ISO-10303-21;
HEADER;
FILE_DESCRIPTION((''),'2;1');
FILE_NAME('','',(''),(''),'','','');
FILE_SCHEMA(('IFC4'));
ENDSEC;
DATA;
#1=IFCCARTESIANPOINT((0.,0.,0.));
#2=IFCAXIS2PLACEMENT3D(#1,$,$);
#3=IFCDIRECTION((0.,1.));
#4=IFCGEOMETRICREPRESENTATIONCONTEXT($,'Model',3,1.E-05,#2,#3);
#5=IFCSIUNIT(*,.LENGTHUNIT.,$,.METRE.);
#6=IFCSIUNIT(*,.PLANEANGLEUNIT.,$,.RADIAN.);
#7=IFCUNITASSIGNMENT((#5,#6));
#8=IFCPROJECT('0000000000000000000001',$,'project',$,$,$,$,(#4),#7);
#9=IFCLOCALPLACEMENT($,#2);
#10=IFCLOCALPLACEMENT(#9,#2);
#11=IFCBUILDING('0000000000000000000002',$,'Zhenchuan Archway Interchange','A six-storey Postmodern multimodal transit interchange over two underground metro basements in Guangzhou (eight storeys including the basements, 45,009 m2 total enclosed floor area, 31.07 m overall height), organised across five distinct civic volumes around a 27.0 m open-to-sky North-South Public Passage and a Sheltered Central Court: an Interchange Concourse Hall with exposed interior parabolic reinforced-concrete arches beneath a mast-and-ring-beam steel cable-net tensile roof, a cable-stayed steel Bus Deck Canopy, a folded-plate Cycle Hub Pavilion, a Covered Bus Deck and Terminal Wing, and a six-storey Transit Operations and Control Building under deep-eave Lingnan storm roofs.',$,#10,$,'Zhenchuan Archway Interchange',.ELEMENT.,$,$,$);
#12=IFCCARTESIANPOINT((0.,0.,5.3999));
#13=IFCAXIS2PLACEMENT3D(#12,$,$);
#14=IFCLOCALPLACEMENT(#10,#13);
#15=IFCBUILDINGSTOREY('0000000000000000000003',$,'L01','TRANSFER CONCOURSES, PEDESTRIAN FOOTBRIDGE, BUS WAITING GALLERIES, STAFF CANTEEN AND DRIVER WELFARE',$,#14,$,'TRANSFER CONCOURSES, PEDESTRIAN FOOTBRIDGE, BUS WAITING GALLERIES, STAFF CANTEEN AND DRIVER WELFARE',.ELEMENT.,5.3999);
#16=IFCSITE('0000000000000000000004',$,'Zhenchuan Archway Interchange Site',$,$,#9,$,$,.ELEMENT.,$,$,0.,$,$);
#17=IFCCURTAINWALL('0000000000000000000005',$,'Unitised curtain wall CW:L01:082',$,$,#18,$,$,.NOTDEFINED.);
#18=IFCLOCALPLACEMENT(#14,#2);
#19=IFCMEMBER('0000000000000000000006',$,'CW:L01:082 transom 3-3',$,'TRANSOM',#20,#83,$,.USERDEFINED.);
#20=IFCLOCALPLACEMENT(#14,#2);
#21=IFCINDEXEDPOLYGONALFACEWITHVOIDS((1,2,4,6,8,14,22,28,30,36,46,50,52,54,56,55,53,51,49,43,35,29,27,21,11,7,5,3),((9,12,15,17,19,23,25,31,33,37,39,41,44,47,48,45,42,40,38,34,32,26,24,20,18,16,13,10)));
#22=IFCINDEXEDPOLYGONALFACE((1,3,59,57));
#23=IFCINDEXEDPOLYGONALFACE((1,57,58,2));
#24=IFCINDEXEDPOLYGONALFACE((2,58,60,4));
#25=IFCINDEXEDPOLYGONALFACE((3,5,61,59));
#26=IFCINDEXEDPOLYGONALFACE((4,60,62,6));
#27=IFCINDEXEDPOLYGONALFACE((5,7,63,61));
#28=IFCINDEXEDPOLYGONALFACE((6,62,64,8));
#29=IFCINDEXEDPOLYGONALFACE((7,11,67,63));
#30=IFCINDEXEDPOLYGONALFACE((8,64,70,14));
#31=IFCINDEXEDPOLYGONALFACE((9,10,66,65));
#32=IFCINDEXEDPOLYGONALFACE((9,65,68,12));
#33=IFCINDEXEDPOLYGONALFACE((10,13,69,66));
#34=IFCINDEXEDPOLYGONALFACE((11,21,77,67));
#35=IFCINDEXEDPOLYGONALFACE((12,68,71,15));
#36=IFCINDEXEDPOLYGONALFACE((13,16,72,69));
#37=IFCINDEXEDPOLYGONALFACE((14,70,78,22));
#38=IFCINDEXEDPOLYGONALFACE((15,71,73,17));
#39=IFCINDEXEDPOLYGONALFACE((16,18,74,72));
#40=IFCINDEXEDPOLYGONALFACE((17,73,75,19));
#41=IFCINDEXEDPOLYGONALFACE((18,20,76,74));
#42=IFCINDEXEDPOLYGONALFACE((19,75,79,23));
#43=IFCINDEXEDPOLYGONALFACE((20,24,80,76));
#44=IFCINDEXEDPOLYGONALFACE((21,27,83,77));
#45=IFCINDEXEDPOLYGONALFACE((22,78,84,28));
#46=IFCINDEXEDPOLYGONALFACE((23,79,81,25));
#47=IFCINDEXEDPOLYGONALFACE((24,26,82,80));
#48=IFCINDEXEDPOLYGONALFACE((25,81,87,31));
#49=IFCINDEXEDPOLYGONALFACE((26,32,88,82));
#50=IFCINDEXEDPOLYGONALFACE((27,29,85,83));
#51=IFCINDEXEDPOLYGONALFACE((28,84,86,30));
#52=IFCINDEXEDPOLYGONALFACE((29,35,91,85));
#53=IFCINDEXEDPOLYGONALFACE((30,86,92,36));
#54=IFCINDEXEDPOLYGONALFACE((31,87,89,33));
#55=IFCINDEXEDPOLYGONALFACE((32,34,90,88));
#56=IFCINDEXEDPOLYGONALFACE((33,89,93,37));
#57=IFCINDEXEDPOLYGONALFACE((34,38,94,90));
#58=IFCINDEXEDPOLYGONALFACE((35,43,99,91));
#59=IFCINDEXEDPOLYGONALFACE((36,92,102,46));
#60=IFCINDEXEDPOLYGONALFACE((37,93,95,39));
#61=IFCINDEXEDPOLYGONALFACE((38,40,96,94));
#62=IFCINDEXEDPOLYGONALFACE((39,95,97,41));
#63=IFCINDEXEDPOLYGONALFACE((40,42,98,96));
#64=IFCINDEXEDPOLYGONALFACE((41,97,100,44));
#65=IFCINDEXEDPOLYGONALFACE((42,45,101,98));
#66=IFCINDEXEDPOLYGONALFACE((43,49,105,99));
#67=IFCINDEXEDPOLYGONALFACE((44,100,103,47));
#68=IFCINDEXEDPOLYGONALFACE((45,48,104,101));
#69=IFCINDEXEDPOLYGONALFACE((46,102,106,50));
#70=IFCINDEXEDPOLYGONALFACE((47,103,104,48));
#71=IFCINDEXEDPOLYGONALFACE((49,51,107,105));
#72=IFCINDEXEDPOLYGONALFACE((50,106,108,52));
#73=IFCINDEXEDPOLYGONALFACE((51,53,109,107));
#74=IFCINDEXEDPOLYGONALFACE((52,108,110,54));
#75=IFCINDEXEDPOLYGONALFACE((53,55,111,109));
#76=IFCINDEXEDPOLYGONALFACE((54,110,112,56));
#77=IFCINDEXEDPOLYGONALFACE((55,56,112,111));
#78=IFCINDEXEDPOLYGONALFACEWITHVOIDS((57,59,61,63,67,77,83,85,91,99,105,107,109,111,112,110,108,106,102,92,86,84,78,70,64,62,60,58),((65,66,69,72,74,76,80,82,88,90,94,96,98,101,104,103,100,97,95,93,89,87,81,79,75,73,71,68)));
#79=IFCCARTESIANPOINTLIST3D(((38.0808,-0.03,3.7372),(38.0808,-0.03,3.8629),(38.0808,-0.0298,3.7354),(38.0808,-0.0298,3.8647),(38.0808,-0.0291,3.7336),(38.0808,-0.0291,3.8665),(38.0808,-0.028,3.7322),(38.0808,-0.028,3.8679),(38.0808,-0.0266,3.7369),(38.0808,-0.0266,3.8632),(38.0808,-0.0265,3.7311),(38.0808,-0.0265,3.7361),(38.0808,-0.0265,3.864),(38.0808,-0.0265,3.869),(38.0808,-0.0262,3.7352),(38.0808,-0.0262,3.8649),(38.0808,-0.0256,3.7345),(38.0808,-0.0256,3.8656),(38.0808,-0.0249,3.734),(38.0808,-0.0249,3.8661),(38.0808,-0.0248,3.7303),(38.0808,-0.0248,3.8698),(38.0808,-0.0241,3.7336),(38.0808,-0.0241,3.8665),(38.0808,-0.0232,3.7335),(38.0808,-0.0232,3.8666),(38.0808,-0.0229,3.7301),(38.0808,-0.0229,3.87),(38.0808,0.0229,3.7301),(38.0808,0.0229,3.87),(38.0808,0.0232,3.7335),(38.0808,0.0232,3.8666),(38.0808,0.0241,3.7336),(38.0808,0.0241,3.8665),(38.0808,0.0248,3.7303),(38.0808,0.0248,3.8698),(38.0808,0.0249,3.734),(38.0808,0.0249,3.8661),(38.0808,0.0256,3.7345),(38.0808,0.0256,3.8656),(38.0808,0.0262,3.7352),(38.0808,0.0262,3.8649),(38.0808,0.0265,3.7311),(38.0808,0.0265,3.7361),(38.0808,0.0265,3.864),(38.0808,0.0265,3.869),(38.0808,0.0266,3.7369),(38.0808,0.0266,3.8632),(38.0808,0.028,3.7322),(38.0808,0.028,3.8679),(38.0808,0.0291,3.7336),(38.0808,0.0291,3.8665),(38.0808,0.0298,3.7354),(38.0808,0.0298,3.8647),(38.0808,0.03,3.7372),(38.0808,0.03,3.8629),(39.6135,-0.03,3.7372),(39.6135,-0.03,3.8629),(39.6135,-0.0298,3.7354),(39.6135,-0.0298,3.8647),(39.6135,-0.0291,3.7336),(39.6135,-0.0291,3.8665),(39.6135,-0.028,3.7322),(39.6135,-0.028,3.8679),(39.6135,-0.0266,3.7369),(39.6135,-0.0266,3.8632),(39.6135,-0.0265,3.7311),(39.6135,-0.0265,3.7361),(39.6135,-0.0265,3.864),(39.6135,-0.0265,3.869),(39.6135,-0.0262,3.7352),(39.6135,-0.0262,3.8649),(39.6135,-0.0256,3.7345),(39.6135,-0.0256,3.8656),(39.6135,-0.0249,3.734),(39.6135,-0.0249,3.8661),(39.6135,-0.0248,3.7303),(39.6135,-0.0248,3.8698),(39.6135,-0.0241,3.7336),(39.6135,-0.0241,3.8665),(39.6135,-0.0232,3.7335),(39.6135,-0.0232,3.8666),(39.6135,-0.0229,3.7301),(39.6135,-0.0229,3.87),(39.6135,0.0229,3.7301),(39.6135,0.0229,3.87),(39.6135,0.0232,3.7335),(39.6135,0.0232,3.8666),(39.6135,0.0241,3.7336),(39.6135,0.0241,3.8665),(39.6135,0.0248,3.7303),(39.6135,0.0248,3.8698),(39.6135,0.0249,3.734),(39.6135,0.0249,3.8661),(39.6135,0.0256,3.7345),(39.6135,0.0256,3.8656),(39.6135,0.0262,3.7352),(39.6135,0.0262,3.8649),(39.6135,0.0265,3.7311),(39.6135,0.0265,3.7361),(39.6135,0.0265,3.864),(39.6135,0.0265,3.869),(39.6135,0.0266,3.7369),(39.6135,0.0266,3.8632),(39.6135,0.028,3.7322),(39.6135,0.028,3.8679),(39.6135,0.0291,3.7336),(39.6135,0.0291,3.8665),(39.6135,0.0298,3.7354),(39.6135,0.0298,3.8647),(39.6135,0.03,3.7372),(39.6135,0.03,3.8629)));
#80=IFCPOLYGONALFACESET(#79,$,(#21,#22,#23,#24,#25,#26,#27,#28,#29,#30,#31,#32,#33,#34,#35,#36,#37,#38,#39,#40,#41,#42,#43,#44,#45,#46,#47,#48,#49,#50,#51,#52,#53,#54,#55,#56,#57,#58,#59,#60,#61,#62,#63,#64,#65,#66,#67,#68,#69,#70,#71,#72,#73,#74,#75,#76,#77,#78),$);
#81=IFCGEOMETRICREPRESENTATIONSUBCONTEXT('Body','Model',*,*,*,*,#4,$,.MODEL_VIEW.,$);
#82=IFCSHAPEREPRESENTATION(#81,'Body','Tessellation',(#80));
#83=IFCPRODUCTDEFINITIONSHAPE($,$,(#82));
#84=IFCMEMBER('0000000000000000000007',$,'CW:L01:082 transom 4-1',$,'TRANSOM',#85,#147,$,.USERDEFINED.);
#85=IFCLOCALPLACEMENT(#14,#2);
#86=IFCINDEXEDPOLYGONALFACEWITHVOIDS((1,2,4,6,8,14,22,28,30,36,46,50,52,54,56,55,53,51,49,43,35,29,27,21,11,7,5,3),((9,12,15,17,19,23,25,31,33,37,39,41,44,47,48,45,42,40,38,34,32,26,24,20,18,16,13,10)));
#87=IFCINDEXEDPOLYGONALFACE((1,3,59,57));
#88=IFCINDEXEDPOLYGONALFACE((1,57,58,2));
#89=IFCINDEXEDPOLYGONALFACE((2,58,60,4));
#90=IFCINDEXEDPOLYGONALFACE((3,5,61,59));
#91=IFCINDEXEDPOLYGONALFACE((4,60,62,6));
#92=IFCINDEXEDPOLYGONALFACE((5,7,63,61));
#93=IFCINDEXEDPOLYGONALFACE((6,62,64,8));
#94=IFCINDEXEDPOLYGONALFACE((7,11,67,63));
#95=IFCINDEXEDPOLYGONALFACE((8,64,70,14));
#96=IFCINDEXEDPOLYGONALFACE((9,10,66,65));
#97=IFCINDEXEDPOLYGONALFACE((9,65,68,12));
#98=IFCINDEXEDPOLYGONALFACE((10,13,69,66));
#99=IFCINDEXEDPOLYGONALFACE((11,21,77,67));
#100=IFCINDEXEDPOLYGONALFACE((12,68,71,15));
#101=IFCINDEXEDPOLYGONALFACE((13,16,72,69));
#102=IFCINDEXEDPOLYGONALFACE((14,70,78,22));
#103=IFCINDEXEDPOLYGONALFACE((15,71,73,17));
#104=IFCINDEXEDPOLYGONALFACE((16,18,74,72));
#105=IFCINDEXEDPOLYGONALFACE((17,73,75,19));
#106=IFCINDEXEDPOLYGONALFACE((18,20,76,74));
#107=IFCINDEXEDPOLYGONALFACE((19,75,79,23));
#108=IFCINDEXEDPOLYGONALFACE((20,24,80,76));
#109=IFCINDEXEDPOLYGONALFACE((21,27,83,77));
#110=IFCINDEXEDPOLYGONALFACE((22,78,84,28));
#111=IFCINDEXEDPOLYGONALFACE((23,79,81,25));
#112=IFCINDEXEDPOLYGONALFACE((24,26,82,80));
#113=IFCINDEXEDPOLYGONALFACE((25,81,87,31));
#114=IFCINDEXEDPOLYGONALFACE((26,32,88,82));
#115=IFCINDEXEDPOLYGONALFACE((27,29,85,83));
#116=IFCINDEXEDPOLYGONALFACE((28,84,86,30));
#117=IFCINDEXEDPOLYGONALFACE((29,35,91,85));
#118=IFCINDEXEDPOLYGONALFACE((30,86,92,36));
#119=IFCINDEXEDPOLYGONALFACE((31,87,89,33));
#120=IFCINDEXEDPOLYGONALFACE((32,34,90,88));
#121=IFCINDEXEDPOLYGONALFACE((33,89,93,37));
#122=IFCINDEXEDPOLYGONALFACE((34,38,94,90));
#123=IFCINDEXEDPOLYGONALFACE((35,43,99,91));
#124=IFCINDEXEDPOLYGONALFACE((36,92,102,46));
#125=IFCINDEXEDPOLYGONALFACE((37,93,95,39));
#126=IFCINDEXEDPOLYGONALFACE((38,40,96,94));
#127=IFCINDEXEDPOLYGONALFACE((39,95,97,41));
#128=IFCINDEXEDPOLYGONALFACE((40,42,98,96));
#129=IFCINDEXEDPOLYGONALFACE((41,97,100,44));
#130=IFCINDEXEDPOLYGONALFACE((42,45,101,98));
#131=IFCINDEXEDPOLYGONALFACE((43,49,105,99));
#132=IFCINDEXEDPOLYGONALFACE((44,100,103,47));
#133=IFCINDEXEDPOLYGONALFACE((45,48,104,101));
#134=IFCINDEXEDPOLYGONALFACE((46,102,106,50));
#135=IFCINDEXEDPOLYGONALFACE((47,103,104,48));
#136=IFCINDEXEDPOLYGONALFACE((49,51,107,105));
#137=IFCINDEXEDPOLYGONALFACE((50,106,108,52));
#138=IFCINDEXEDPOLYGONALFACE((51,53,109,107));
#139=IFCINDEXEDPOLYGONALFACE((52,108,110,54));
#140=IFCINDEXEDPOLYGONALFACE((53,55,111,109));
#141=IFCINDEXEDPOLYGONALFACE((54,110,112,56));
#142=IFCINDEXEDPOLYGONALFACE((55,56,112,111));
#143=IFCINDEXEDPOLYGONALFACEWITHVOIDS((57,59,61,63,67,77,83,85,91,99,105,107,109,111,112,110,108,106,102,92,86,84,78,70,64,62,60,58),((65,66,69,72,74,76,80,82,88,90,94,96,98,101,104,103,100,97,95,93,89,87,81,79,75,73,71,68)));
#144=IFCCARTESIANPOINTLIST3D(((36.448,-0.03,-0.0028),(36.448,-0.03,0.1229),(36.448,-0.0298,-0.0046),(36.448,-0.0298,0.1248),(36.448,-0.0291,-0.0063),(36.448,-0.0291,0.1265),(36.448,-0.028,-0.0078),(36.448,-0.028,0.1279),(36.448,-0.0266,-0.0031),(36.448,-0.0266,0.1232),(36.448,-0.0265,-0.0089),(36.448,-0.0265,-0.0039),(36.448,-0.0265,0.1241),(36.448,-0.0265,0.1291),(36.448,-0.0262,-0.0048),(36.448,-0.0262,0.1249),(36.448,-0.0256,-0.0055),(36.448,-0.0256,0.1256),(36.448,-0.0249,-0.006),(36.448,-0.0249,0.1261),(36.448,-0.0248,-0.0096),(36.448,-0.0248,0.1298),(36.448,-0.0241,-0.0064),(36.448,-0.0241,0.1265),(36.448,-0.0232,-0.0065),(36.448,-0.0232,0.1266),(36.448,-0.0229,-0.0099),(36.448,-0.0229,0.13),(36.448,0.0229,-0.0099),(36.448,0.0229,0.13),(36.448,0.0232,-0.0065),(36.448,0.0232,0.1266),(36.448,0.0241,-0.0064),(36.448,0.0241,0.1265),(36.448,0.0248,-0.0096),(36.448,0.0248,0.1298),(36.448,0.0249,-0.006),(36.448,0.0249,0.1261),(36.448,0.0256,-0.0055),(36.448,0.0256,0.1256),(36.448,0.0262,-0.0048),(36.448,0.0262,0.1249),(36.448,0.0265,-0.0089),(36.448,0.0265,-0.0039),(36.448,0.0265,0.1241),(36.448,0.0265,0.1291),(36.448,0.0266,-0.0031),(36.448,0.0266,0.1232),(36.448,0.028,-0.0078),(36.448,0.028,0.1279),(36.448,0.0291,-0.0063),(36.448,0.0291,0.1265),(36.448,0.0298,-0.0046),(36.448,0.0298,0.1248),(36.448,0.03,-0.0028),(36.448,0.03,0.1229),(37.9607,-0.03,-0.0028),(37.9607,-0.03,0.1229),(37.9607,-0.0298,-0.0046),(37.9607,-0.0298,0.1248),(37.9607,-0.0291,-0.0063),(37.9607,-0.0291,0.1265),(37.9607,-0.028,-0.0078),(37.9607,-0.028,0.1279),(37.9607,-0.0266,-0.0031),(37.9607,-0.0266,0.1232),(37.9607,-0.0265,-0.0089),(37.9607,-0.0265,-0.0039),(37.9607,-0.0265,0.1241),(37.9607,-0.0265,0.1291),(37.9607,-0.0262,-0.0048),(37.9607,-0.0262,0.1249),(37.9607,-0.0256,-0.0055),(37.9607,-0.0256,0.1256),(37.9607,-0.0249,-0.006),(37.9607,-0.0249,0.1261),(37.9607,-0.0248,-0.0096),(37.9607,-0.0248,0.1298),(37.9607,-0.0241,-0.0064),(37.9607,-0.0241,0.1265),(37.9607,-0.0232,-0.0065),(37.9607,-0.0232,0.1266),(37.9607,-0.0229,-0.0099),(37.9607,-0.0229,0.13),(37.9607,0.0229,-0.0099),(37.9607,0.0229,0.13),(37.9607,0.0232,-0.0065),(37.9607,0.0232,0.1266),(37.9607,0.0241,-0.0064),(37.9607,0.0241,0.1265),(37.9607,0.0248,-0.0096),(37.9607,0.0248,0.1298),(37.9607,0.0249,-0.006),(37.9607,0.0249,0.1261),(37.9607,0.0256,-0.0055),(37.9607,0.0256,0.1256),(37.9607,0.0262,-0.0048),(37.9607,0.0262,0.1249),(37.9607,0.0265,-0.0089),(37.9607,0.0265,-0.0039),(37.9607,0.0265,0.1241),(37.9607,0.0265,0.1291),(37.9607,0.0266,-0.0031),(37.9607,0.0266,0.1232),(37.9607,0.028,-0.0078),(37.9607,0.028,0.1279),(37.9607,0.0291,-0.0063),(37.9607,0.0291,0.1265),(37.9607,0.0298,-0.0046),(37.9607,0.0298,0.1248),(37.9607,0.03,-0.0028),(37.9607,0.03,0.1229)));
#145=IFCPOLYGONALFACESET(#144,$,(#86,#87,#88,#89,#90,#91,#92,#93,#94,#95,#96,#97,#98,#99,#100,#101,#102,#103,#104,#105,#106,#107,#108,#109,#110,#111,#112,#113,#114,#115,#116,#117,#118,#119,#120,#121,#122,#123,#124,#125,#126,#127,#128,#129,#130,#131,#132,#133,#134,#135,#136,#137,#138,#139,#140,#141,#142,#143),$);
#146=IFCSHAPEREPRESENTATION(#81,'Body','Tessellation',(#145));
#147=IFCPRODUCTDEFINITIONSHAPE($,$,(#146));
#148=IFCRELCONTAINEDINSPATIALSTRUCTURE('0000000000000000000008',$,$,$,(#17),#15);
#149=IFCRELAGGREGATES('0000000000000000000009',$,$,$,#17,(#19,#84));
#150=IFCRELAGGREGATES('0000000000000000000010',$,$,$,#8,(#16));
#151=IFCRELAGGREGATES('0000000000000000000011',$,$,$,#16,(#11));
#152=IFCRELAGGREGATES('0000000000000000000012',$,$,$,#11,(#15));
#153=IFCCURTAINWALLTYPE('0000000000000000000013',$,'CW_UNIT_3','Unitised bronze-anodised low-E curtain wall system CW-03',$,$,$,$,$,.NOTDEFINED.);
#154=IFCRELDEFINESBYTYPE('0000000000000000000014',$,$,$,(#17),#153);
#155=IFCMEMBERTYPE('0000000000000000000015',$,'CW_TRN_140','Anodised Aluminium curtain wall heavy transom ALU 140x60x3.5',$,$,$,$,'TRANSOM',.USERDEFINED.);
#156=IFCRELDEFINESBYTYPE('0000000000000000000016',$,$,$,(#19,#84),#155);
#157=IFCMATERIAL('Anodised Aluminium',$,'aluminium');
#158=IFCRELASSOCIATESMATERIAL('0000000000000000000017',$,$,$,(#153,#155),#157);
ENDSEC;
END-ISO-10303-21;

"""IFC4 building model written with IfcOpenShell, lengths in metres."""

from ifc_helpers import new_model, si_unit, direction, frame, origin, origin_2d, place, context, subcontext, project, spatial, hollow_rectangle, extrude, material, material_profile, profile_set, type_object, element, aggregate, save


model = new_model("IFC4")

# Units and contexts
model_context = context("Model", 3, precision=1e-05, world=origin(), true_north=direction((0.0, 1.0)))
body_context = subcontext(model_context, "Body", "Model", "MODEL_VIEW")
ifc_project = project(units=[si_unit("LENGTHUNIT", "METRE"), si_unit("PLANEANGLEUNIT", "RADIAN")], contexts=[model_context])

# Site, building, storey
site_placement = place(None, origin())
site = spatial("IfcSite", under=ifc_project, at=site_placement, Name="Zhenchuan Archway Interchange Site", CompositionType="ELEMENT", RefElevation=0.0)
building_placement = place(site_placement, origin())
building = spatial("IfcBuilding", under=site, at=building_placement, Name="Zhenchuan Archway Interchange", Description="A six-storey Postmodern multimodal transit interchange over two underground metro basements in Guangzhou (eight storeys including the basements, 45,009 m2 total enclosed floor area, 31.07 m overall height), organised across five distinct civic volumes around a 27.0 m open-to-sky North-South Public Passage and a Sheltered Central Court: an Interchange Concourse Hall with exposed interior parabolic reinforced-concrete arches beneath a mast-and-ring-beam steel cable-net tensile roof, a cable-stayed steel Bus Deck Canopy, a folded-plate Cycle Hub Pavilion, a Covered Bus Deck and Terminal Wing, and a six-storey Transit Operations and Control Building under deep-eave Lingnan storm roofs.", LongName="Zhenchuan Archway Interchange", CompositionType="ELEMENT")
storey_placement = place(building_placement, frame((0.0, 0.0, 5.3999)))
storey = spatial("IfcBuildingStorey", under=building, at=storey_placement, Name="L01", Description="TRANSFER CONCOURSES, PEDESTRIAN FOOTBRIDGE, BUS WAITING GALLERIES, STAFF CANTEEN AND DRIVER WELFARE", LongName="TRANSFER CONCOURSES, PEDESTRIAN FOOTBRIDGE, BUS WAITING GALLERIES, STAFF CANTEEN AND DRIVER WELFARE", CompositionType="ELEMENT", Elevation=5.3999)

# Curtain wall
ifc_material_1 = material(Name="Anodised Aluminium", Category="aluminium")
curtain_wall_type_1 = type_object("IfcCurtainWallType", Name="CW_UNIT_3", Description="Unitised bronze-anodised low-E curtain wall system CW-03", PredefinedType="NOTDEFINED", material=ifc_material_1)
curtain_wall_1_placement = place(storey_placement, origin())
curtain_wall_1 = element("IfcCurtainWall", 1, at=curtain_wall_1_placement, inside=storey, type_object=curtain_wall_type_1, Name="Unitised curtain wall CW:L01:082", PredefinedType="NOTDEFINED")

# Members
ifc_material_profile_1 = material_profile(ifc_material_1, hollow_rectangle(XDim=0.0601, YDim=0.1399, WallThickness=0.0034, InnerFilletRadius=0.0034, OuterFilletRadius=0.0071, at=origin_2d()), Name="ALU 140x60x3.5")
ifc_profile_set_1 = profile_set([ifc_material_profile_1], Name="Anodised Aluminium")
member_type_1 = type_object("IfcMemberType", Name="CW_TRN_140", Description="Anodised Aluminium curtain wall heavy transom ALU 140x60x3.5", ElementType="TRANSOM", PredefinedType="USERDEFINED", material=ifc_profile_set_1)
member_1_placement = place(storey_placement, frame((39.6135, 0.0, 3.8), z_axis=(-1.0, 0.0, 0.0), x_axis=(0.0, -1.0, 0.0)))
member_1 = element("IfcMember", 2, at=member_1_placement, type_object=member_type_1, Name="CW:L01:082 transom 3-3", ObjectType="TRANSOM", PredefinedType="USERDEFINED", context=body_context, shape_type="SweptSolid", body=[
    extrude(hollow_rectangle(XDim=0.0601, YDim=0.1399, WallThickness=0.0034, InnerFilletRadius=0.0034, OuterFilletRadius=0.0071, at=origin_2d()), origin(), (0.0, 0.0, 1.0), 1.5327),
])
member_2_placement = place(storey_placement, frame((37.9607, 0.0, 0.0601), z_axis=(-1.0, 0.0, 0.0), x_axis=(0.0, -1.0, 0.0)))
member_2 = element("IfcMember", 3, at=member_2_placement, type_object=member_type_1, Name="CW:L01:082 transom 4-1", ObjectType="TRANSOM", PredefinedType="USERDEFINED", context=body_context, shape_type="SweptSolid", body=[
    extrude(hollow_rectangle(XDim=0.0601, YDim=0.1399, WallThickness=0.0034, InnerFilletRadius=0.0034, OuterFilletRadius=0.0071, at=origin_2d()), origin(), (0.0, 0.0, 1.0), 1.5127),
])

aggregate(curtain_wall_1, [member_1, member_2])

save(model, "model.ifc")
